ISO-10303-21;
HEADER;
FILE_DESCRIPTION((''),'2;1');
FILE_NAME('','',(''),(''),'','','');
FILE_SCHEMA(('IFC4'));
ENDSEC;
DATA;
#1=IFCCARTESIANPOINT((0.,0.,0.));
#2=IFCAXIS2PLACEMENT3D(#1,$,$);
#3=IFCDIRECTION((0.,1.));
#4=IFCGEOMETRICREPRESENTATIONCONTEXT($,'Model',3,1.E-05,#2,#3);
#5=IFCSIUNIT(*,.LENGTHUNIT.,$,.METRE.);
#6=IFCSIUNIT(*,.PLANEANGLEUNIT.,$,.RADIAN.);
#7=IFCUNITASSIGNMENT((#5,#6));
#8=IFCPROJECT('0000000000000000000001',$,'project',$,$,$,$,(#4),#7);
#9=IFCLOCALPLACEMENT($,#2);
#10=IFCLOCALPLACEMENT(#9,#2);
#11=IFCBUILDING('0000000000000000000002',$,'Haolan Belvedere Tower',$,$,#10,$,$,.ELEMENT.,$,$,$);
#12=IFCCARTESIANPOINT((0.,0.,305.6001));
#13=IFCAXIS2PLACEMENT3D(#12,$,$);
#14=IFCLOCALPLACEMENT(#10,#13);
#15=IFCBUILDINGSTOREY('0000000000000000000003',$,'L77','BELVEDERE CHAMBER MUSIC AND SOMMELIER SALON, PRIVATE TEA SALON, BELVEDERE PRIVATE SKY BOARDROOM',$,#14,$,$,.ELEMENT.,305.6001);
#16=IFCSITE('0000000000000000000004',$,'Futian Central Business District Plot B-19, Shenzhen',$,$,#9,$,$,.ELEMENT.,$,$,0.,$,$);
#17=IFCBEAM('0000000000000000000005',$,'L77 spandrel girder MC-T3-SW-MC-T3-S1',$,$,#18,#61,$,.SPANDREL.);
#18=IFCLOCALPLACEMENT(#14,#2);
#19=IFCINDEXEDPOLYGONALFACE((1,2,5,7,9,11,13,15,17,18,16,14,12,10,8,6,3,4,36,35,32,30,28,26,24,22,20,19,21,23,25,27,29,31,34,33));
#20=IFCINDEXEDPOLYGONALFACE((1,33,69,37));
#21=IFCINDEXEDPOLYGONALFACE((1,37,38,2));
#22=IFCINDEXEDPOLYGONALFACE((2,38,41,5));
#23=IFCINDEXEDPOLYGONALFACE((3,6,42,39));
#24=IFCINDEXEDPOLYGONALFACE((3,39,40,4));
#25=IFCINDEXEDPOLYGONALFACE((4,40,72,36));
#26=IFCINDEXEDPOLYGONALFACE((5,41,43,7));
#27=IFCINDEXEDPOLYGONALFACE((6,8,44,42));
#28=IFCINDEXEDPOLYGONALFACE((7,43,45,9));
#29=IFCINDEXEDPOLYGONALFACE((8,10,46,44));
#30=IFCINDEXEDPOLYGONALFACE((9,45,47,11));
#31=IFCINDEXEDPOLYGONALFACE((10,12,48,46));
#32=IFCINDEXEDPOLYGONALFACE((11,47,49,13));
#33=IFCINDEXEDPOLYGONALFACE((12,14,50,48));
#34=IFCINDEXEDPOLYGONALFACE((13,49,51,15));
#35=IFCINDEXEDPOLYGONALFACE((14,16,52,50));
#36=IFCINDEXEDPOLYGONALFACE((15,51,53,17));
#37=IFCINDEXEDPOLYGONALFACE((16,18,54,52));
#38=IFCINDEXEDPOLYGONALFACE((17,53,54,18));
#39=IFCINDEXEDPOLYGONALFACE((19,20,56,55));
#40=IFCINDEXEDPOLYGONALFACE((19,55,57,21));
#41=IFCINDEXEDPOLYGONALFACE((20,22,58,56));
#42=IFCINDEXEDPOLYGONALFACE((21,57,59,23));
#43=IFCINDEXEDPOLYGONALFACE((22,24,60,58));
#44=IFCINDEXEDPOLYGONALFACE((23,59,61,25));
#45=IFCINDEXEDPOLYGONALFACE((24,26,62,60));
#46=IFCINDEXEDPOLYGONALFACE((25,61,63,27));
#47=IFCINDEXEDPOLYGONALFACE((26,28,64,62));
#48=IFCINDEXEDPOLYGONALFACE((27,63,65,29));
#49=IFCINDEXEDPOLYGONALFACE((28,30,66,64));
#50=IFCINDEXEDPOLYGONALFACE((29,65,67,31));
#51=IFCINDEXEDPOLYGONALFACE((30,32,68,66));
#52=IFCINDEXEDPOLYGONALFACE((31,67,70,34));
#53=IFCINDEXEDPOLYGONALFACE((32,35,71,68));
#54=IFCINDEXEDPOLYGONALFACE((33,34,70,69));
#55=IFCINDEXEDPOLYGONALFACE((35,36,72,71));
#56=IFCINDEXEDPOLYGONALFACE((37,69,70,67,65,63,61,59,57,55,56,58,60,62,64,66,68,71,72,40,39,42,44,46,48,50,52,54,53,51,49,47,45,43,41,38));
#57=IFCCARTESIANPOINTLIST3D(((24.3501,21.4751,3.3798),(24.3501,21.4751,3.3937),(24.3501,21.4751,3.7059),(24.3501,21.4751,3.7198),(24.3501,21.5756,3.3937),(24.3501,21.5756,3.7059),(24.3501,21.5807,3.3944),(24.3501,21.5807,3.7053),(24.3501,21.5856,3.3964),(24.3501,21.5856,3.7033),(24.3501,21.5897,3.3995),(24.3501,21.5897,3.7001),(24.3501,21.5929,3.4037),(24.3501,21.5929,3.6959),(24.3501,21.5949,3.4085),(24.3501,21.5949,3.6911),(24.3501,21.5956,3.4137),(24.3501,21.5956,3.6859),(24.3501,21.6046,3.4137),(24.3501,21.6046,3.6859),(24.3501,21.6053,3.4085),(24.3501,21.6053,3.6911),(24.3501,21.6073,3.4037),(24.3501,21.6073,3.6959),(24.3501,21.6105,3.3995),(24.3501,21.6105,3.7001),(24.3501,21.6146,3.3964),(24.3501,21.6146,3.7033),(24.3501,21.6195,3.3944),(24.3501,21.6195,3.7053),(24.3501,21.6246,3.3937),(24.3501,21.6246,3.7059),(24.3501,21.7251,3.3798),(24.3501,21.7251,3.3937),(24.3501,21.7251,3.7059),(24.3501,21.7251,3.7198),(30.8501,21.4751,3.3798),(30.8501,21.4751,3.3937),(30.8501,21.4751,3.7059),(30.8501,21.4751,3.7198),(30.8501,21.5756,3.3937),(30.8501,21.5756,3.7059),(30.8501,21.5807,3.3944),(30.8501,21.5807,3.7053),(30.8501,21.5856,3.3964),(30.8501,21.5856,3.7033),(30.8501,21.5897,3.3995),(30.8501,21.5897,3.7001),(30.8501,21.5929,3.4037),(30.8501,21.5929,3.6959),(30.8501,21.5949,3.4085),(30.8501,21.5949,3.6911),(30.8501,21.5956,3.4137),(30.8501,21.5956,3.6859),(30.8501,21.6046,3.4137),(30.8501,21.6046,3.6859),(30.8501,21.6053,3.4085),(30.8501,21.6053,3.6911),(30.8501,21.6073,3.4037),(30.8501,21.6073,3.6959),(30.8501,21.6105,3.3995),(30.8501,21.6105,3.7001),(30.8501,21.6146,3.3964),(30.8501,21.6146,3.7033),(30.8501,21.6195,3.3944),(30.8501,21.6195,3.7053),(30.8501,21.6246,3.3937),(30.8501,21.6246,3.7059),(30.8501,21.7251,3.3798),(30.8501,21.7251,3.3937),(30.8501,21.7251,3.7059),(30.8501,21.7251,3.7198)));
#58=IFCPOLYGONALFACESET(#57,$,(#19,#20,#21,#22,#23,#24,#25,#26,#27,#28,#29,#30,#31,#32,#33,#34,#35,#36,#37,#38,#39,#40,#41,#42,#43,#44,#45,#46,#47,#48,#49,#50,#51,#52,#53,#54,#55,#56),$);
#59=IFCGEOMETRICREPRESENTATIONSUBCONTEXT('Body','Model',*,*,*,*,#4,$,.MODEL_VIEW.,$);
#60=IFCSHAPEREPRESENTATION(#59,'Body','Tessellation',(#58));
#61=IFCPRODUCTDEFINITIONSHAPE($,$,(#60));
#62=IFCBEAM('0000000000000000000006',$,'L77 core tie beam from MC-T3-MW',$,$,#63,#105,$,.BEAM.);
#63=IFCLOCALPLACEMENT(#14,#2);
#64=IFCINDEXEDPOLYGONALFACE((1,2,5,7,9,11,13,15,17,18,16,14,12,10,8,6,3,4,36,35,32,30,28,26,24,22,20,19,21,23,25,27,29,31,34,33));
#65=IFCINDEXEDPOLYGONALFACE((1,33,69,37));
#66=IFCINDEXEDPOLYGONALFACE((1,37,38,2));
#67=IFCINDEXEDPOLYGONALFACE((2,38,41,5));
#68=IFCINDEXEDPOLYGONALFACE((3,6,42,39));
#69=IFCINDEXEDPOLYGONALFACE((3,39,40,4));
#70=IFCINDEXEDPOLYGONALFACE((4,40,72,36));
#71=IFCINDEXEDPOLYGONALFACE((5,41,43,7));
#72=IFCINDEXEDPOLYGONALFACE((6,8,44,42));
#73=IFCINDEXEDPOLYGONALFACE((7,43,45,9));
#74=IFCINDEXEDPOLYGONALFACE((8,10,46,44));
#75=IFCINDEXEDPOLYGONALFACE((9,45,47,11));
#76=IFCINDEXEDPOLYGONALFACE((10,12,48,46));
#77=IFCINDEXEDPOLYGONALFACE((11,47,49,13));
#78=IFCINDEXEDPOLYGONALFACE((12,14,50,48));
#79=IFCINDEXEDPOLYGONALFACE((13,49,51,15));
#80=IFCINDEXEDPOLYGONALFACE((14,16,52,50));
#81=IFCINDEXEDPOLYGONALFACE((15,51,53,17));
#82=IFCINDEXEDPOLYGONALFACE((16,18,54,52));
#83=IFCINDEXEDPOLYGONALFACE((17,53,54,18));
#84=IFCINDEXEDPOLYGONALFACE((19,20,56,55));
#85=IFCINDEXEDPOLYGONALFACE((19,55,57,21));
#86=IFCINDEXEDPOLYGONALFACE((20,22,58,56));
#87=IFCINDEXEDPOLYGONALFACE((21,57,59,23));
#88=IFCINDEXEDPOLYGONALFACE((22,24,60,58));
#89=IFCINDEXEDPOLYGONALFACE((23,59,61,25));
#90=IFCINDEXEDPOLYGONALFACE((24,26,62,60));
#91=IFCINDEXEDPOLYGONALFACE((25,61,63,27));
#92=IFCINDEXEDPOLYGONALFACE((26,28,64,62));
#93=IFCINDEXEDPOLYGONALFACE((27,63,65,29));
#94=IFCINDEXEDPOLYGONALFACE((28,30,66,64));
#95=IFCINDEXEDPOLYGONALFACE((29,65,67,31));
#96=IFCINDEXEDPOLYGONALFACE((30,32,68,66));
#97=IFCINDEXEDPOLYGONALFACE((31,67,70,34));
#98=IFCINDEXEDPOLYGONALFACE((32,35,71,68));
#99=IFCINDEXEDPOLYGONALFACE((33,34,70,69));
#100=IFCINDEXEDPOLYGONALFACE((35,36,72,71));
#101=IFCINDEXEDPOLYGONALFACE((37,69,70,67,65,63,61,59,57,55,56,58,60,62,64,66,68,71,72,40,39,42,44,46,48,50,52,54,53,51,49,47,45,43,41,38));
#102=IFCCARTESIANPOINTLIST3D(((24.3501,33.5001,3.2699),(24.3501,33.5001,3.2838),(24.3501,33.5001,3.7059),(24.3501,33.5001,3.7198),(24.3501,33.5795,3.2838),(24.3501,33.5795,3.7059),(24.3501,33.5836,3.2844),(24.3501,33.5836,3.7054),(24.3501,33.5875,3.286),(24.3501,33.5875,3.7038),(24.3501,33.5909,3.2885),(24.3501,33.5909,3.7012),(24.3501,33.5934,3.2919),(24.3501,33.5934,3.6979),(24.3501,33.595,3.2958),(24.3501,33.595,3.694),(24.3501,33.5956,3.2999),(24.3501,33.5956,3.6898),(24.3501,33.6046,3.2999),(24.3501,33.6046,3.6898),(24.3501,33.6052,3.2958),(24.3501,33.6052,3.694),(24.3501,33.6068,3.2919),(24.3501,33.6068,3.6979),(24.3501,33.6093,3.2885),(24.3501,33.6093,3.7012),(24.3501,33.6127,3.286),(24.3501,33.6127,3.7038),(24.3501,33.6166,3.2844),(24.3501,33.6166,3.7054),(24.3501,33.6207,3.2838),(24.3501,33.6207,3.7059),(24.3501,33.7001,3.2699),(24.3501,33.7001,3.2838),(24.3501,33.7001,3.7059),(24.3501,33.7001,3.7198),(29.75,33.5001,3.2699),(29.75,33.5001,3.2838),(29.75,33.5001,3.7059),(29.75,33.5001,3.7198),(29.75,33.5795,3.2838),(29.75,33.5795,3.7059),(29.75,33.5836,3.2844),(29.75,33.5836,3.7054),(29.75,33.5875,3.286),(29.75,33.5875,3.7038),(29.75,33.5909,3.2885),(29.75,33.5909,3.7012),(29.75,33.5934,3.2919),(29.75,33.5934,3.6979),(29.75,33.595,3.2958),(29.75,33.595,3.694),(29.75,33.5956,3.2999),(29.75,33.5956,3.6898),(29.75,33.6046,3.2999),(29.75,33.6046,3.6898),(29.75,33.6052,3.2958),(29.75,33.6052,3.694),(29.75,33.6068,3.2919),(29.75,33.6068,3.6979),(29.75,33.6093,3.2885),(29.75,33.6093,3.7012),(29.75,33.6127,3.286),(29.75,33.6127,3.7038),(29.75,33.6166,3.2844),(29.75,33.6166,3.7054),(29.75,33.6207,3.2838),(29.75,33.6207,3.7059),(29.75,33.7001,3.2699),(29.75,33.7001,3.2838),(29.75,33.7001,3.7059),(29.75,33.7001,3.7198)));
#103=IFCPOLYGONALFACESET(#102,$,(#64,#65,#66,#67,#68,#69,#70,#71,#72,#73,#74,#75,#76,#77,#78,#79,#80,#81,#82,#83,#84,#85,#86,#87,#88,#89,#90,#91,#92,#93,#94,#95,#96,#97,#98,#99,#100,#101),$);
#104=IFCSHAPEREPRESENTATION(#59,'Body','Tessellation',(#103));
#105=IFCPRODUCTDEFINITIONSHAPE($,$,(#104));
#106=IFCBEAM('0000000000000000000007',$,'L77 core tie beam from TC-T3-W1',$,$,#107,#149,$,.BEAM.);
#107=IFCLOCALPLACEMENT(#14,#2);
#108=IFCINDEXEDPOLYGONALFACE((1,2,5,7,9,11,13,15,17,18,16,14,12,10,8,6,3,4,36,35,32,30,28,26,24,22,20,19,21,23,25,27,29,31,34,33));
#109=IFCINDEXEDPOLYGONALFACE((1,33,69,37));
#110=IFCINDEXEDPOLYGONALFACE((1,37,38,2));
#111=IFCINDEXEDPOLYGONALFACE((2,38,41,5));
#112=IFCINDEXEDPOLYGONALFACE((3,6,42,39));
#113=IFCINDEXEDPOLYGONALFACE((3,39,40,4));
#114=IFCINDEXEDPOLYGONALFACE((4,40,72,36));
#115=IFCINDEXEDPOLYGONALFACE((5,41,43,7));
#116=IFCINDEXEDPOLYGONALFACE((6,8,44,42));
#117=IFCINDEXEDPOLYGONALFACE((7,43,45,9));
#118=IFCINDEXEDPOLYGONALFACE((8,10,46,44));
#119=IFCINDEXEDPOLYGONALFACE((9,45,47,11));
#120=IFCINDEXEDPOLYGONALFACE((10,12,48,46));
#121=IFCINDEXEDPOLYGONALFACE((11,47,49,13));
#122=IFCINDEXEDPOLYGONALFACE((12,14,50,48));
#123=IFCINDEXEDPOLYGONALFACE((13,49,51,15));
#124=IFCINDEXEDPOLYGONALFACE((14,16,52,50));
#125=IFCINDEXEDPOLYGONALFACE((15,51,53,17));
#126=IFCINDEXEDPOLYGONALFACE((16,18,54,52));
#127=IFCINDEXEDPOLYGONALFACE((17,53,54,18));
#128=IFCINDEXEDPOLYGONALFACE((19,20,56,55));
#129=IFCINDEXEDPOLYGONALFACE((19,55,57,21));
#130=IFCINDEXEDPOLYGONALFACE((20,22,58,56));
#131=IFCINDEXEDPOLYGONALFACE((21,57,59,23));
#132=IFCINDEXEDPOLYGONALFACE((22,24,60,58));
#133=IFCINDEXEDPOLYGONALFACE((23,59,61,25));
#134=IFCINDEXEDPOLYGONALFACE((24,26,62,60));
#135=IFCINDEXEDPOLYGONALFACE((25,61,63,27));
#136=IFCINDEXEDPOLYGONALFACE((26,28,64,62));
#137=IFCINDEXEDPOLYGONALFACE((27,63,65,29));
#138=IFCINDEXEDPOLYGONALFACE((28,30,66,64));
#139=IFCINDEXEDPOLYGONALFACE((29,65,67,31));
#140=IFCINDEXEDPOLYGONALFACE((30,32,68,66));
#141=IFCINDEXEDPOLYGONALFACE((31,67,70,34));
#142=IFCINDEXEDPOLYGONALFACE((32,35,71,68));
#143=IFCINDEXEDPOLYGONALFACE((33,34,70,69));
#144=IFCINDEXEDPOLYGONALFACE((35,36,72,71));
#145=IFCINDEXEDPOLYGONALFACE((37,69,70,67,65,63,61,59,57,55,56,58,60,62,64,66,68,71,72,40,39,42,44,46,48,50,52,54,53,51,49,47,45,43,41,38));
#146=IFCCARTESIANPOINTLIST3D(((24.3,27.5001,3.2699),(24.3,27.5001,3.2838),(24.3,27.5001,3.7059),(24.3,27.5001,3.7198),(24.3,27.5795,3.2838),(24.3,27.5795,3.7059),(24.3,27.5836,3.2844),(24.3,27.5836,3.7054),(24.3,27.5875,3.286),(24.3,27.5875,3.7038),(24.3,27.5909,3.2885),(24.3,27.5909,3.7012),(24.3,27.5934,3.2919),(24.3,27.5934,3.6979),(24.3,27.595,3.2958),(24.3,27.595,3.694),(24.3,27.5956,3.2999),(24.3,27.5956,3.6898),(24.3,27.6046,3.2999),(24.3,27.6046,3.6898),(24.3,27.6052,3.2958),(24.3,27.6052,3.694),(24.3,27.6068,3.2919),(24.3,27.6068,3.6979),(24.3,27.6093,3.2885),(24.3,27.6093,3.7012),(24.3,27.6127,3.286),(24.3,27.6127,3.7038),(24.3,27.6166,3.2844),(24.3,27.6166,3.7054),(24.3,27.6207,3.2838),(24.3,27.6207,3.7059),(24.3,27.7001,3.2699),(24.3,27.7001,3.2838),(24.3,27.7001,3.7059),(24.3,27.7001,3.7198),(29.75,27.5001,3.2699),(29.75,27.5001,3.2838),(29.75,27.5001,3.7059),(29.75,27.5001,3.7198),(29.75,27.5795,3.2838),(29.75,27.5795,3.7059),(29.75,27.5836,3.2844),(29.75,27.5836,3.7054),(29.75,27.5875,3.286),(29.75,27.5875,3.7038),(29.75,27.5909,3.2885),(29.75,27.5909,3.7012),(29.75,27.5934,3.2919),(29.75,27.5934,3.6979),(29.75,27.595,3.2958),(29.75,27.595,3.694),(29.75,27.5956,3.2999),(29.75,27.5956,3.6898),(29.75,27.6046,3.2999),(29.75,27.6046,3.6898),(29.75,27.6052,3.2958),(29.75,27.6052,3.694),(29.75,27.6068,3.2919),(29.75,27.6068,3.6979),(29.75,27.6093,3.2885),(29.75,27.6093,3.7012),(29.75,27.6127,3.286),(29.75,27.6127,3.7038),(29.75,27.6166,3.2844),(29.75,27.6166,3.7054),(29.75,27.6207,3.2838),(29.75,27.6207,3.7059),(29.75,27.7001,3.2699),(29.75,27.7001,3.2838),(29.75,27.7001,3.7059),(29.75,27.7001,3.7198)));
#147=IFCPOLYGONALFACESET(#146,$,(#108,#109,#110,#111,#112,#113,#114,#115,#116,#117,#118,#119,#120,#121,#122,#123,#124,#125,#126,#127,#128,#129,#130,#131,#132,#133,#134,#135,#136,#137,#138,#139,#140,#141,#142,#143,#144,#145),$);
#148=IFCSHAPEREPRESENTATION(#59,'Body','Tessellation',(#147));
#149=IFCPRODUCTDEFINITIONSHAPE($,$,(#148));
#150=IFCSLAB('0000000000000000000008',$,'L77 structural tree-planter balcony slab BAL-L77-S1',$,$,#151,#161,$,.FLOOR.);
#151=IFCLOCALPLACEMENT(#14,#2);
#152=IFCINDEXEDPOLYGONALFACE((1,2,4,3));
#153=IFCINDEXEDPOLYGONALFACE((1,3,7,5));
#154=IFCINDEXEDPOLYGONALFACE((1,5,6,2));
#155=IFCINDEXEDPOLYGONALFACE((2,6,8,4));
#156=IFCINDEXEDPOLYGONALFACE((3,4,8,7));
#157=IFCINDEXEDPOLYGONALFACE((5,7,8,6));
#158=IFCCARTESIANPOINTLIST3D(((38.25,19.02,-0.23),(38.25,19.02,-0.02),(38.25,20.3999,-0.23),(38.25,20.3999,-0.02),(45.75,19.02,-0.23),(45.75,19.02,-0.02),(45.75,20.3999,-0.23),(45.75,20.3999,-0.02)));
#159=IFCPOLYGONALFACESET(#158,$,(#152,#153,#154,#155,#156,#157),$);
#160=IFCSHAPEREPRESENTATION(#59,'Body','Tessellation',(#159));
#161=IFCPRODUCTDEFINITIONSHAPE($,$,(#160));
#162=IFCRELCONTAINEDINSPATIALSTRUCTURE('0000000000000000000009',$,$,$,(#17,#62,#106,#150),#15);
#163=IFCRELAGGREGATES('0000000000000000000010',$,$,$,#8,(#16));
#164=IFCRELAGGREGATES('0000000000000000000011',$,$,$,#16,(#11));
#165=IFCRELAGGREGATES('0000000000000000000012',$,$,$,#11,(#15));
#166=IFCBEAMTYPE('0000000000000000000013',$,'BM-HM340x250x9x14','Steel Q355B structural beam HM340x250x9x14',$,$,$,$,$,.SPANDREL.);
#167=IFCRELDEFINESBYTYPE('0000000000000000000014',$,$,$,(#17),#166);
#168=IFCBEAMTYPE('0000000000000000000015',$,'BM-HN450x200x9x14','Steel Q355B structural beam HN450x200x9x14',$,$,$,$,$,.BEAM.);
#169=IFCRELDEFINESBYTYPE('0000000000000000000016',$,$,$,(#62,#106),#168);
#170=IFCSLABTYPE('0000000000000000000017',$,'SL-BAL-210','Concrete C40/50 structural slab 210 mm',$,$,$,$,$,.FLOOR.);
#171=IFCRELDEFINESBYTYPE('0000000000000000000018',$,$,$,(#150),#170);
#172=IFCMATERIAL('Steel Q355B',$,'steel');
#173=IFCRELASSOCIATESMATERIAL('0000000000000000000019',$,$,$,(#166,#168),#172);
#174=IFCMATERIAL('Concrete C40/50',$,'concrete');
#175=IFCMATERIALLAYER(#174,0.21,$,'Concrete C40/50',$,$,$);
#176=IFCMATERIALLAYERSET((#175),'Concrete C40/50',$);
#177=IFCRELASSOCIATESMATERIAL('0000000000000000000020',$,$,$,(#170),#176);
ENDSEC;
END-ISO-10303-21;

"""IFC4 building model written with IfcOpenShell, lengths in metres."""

from ifc_helpers import new_model, si_unit, direction, frame, origin, origin_2d, place, context, subcontext, project, spatial, polyline, i_section, outline, extrude, material, layer, layer_set, material_profile, profile_set, type_object, element, save


model = new_model("IFC4")

# Units and contexts
model_context = context("Model", 3, precision=1e-05, world=origin(), true_north=direction((0.0, 1.0)))
body_context = subcontext(model_context, "Body", "Model", "MODEL_VIEW")
ifc_project = project(units=[si_unit("LENGTHUNIT", "METRE"), si_unit("PLANEANGLEUNIT", "RADIAN")], contexts=[model_context])

# Site, building, storey
site_placement = place(None, origin())
site = spatial("IfcSite", under=ifc_project, at=site_placement, Name="Futian Central Business District Plot B-19, Shenzhen", CompositionType="ELEMENT", RefElevation=0.0)
building_placement = place(site_placement, origin())
building = spatial("IfcBuilding", under=site, at=building_placement, Name="Haolan Belvedere Tower", CompositionType="ELEMENT")
storey_placement = place(building_placement, frame((0.0, 0.0, 305.6001)))
storey = spatial("IfcBuildingStorey", under=building, at=storey_placement, Name="L77", Description="BELVEDERE CHAMBER MUSIC AND SOMMELIER SALON, PRIVATE TEA SALON, BELVEDERE PRIVATE SKY BOARDROOM", CompositionType="ELEMENT", Elevation=305.6001)

# Beams
ifc_material_1 = material(Name="Steel Q355B", Category="steel")
ifc_material_profile_1 = material_profile(ifc_material_1, i_section(OverallWidth=0.25, OverallDepth=0.3401, WebThickness=0.009, FlangeThickness=0.0139, FilletRadius=0.02, at=origin_2d()), Name="Steel Q355B")
ifc_profile_set_1 = profile_set([ifc_material_profile_1], Name="Steel Q355B")
beam_type_1 = type_object("IfcBeamType", Name="BM-HM340x250x9x14", Description="Steel Q355B structural beam HM340x250x9x14", PredefinedType="SPANDREL", material=ifc_profile_set_1)
beam_1_placement = place(storey_placement, frame((24.3501, 21.6001, 3.5498), z_axis=(1.0, 0.0, 0.0), x_axis=(0.0, 1.0, 0.0)))
element("IfcBeam", 1, at=beam_1_placement, inside=storey, type_object=beam_type_1, Name="L77 spandrel girder MC-T3-SW-MC-T3-S1", PredefinedType="SPANDREL", context=body_context, shape_type="SweptSolid", body=[
    extrude(i_section(OverallWidth=0.25, OverallDepth=0.3401, WebThickness=0.009, FlangeThickness=0.0139, FilletRadius=0.02, at=origin_2d()), origin(), (0.0, 0.0, 1.0), 6.5),
])
ifc_material_profile_2 = material_profile(ifc_material_1, i_section(OverallWidth=0.2, OverallDepth=0.45, WebThickness=0.009, FlangeThickness=0.0139, FilletRadius=0.0161, at=origin_2d()), Name="Steel Q355B")
ifc_profile_set_2 = profile_set([ifc_material_profile_2], Name="Steel Q355B")
beam_type_2 = type_object("IfcBeamType", Name="BM-HN450x200x9x14", Description="Steel Q355B structural beam HN450x200x9x14", PredefinedType="BEAM", material=ifc_profile_set_2)
beam_2_placement = place(storey_placement, frame((24.3501, 33.6001, 3.4949), z_axis=(1.0, 0.0, 0.0), x_axis=(0.0, 1.0, 0.0)))
element("IfcBeam", 2, at=beam_2_placement, inside=storey, type_object=beam_type_2, Name="L77 core tie beam from MC-T3-MW", PredefinedType="BEAM", context=body_context, shape_type="SweptSolid", body=[
    extrude(i_section(OverallWidth=0.2, OverallDepth=0.45, WebThickness=0.009, FlangeThickness=0.0139, FilletRadius=0.0161, at=origin_2d()), origin(), (0.0, 0.0, 1.0), 5.3999),
])
beam_3_placement = place(storey_placement, frame((24.3, 27.6001, 3.4949), z_axis=(1.0, 0.0, 0.0), x_axis=(0.0, 1.0, 0.0)))
element("IfcBeam", 3, at=beam_3_placement, inside=storey, type_object=beam_type_2, Name="L77 core tie beam from TC-T3-W1", PredefinedType="BEAM", context=body_context, shape_type="SweptSolid", body=[
    extrude(i_section(OverallWidth=0.2, OverallDepth=0.45, WebThickness=0.009, FlangeThickness=0.0139, FilletRadius=0.0161, at=origin_2d()), origin(), (0.0, 0.0, 1.0), 5.45),
])

# Slab
ifc_material_2 = material(Name="Concrete C40/50", Category="concrete")
ifc_layer_1 = layer(ifc_material_2, 0.21, Name="Concrete C40/50")
ifc_layer_set_1 = layer_set([ifc_layer_1], Name="Concrete C40/50")
slab_type_1 = type_object("IfcSlabType", Name="SL-BAL-210", Description="Concrete C40/50 structural slab 210 mm", PredefinedType="FLOOR", material=ifc_layer_set_1)
slab_1_placement = place(storey_placement, frame((0.0, 0.0, -0.23)))
element("IfcSlab", 4, at=slab_1_placement, inside=storey, type_object=slab_type_1, Name="L77 structural tree-planter balcony slab BAL-L77-S1", PredefinedType="FLOOR", context=body_context, shape_type="SweptSolid", body=[
    extrude(outline(polyline([(38.25, 19.02), (45.75, 19.02), (45.75, 20.3999), (38.25, 20.3999), (38.25, 19.02)])), origin(), (0.0, 0.0, 1.0), 0.21),
])

save(model, "model.ifc")
